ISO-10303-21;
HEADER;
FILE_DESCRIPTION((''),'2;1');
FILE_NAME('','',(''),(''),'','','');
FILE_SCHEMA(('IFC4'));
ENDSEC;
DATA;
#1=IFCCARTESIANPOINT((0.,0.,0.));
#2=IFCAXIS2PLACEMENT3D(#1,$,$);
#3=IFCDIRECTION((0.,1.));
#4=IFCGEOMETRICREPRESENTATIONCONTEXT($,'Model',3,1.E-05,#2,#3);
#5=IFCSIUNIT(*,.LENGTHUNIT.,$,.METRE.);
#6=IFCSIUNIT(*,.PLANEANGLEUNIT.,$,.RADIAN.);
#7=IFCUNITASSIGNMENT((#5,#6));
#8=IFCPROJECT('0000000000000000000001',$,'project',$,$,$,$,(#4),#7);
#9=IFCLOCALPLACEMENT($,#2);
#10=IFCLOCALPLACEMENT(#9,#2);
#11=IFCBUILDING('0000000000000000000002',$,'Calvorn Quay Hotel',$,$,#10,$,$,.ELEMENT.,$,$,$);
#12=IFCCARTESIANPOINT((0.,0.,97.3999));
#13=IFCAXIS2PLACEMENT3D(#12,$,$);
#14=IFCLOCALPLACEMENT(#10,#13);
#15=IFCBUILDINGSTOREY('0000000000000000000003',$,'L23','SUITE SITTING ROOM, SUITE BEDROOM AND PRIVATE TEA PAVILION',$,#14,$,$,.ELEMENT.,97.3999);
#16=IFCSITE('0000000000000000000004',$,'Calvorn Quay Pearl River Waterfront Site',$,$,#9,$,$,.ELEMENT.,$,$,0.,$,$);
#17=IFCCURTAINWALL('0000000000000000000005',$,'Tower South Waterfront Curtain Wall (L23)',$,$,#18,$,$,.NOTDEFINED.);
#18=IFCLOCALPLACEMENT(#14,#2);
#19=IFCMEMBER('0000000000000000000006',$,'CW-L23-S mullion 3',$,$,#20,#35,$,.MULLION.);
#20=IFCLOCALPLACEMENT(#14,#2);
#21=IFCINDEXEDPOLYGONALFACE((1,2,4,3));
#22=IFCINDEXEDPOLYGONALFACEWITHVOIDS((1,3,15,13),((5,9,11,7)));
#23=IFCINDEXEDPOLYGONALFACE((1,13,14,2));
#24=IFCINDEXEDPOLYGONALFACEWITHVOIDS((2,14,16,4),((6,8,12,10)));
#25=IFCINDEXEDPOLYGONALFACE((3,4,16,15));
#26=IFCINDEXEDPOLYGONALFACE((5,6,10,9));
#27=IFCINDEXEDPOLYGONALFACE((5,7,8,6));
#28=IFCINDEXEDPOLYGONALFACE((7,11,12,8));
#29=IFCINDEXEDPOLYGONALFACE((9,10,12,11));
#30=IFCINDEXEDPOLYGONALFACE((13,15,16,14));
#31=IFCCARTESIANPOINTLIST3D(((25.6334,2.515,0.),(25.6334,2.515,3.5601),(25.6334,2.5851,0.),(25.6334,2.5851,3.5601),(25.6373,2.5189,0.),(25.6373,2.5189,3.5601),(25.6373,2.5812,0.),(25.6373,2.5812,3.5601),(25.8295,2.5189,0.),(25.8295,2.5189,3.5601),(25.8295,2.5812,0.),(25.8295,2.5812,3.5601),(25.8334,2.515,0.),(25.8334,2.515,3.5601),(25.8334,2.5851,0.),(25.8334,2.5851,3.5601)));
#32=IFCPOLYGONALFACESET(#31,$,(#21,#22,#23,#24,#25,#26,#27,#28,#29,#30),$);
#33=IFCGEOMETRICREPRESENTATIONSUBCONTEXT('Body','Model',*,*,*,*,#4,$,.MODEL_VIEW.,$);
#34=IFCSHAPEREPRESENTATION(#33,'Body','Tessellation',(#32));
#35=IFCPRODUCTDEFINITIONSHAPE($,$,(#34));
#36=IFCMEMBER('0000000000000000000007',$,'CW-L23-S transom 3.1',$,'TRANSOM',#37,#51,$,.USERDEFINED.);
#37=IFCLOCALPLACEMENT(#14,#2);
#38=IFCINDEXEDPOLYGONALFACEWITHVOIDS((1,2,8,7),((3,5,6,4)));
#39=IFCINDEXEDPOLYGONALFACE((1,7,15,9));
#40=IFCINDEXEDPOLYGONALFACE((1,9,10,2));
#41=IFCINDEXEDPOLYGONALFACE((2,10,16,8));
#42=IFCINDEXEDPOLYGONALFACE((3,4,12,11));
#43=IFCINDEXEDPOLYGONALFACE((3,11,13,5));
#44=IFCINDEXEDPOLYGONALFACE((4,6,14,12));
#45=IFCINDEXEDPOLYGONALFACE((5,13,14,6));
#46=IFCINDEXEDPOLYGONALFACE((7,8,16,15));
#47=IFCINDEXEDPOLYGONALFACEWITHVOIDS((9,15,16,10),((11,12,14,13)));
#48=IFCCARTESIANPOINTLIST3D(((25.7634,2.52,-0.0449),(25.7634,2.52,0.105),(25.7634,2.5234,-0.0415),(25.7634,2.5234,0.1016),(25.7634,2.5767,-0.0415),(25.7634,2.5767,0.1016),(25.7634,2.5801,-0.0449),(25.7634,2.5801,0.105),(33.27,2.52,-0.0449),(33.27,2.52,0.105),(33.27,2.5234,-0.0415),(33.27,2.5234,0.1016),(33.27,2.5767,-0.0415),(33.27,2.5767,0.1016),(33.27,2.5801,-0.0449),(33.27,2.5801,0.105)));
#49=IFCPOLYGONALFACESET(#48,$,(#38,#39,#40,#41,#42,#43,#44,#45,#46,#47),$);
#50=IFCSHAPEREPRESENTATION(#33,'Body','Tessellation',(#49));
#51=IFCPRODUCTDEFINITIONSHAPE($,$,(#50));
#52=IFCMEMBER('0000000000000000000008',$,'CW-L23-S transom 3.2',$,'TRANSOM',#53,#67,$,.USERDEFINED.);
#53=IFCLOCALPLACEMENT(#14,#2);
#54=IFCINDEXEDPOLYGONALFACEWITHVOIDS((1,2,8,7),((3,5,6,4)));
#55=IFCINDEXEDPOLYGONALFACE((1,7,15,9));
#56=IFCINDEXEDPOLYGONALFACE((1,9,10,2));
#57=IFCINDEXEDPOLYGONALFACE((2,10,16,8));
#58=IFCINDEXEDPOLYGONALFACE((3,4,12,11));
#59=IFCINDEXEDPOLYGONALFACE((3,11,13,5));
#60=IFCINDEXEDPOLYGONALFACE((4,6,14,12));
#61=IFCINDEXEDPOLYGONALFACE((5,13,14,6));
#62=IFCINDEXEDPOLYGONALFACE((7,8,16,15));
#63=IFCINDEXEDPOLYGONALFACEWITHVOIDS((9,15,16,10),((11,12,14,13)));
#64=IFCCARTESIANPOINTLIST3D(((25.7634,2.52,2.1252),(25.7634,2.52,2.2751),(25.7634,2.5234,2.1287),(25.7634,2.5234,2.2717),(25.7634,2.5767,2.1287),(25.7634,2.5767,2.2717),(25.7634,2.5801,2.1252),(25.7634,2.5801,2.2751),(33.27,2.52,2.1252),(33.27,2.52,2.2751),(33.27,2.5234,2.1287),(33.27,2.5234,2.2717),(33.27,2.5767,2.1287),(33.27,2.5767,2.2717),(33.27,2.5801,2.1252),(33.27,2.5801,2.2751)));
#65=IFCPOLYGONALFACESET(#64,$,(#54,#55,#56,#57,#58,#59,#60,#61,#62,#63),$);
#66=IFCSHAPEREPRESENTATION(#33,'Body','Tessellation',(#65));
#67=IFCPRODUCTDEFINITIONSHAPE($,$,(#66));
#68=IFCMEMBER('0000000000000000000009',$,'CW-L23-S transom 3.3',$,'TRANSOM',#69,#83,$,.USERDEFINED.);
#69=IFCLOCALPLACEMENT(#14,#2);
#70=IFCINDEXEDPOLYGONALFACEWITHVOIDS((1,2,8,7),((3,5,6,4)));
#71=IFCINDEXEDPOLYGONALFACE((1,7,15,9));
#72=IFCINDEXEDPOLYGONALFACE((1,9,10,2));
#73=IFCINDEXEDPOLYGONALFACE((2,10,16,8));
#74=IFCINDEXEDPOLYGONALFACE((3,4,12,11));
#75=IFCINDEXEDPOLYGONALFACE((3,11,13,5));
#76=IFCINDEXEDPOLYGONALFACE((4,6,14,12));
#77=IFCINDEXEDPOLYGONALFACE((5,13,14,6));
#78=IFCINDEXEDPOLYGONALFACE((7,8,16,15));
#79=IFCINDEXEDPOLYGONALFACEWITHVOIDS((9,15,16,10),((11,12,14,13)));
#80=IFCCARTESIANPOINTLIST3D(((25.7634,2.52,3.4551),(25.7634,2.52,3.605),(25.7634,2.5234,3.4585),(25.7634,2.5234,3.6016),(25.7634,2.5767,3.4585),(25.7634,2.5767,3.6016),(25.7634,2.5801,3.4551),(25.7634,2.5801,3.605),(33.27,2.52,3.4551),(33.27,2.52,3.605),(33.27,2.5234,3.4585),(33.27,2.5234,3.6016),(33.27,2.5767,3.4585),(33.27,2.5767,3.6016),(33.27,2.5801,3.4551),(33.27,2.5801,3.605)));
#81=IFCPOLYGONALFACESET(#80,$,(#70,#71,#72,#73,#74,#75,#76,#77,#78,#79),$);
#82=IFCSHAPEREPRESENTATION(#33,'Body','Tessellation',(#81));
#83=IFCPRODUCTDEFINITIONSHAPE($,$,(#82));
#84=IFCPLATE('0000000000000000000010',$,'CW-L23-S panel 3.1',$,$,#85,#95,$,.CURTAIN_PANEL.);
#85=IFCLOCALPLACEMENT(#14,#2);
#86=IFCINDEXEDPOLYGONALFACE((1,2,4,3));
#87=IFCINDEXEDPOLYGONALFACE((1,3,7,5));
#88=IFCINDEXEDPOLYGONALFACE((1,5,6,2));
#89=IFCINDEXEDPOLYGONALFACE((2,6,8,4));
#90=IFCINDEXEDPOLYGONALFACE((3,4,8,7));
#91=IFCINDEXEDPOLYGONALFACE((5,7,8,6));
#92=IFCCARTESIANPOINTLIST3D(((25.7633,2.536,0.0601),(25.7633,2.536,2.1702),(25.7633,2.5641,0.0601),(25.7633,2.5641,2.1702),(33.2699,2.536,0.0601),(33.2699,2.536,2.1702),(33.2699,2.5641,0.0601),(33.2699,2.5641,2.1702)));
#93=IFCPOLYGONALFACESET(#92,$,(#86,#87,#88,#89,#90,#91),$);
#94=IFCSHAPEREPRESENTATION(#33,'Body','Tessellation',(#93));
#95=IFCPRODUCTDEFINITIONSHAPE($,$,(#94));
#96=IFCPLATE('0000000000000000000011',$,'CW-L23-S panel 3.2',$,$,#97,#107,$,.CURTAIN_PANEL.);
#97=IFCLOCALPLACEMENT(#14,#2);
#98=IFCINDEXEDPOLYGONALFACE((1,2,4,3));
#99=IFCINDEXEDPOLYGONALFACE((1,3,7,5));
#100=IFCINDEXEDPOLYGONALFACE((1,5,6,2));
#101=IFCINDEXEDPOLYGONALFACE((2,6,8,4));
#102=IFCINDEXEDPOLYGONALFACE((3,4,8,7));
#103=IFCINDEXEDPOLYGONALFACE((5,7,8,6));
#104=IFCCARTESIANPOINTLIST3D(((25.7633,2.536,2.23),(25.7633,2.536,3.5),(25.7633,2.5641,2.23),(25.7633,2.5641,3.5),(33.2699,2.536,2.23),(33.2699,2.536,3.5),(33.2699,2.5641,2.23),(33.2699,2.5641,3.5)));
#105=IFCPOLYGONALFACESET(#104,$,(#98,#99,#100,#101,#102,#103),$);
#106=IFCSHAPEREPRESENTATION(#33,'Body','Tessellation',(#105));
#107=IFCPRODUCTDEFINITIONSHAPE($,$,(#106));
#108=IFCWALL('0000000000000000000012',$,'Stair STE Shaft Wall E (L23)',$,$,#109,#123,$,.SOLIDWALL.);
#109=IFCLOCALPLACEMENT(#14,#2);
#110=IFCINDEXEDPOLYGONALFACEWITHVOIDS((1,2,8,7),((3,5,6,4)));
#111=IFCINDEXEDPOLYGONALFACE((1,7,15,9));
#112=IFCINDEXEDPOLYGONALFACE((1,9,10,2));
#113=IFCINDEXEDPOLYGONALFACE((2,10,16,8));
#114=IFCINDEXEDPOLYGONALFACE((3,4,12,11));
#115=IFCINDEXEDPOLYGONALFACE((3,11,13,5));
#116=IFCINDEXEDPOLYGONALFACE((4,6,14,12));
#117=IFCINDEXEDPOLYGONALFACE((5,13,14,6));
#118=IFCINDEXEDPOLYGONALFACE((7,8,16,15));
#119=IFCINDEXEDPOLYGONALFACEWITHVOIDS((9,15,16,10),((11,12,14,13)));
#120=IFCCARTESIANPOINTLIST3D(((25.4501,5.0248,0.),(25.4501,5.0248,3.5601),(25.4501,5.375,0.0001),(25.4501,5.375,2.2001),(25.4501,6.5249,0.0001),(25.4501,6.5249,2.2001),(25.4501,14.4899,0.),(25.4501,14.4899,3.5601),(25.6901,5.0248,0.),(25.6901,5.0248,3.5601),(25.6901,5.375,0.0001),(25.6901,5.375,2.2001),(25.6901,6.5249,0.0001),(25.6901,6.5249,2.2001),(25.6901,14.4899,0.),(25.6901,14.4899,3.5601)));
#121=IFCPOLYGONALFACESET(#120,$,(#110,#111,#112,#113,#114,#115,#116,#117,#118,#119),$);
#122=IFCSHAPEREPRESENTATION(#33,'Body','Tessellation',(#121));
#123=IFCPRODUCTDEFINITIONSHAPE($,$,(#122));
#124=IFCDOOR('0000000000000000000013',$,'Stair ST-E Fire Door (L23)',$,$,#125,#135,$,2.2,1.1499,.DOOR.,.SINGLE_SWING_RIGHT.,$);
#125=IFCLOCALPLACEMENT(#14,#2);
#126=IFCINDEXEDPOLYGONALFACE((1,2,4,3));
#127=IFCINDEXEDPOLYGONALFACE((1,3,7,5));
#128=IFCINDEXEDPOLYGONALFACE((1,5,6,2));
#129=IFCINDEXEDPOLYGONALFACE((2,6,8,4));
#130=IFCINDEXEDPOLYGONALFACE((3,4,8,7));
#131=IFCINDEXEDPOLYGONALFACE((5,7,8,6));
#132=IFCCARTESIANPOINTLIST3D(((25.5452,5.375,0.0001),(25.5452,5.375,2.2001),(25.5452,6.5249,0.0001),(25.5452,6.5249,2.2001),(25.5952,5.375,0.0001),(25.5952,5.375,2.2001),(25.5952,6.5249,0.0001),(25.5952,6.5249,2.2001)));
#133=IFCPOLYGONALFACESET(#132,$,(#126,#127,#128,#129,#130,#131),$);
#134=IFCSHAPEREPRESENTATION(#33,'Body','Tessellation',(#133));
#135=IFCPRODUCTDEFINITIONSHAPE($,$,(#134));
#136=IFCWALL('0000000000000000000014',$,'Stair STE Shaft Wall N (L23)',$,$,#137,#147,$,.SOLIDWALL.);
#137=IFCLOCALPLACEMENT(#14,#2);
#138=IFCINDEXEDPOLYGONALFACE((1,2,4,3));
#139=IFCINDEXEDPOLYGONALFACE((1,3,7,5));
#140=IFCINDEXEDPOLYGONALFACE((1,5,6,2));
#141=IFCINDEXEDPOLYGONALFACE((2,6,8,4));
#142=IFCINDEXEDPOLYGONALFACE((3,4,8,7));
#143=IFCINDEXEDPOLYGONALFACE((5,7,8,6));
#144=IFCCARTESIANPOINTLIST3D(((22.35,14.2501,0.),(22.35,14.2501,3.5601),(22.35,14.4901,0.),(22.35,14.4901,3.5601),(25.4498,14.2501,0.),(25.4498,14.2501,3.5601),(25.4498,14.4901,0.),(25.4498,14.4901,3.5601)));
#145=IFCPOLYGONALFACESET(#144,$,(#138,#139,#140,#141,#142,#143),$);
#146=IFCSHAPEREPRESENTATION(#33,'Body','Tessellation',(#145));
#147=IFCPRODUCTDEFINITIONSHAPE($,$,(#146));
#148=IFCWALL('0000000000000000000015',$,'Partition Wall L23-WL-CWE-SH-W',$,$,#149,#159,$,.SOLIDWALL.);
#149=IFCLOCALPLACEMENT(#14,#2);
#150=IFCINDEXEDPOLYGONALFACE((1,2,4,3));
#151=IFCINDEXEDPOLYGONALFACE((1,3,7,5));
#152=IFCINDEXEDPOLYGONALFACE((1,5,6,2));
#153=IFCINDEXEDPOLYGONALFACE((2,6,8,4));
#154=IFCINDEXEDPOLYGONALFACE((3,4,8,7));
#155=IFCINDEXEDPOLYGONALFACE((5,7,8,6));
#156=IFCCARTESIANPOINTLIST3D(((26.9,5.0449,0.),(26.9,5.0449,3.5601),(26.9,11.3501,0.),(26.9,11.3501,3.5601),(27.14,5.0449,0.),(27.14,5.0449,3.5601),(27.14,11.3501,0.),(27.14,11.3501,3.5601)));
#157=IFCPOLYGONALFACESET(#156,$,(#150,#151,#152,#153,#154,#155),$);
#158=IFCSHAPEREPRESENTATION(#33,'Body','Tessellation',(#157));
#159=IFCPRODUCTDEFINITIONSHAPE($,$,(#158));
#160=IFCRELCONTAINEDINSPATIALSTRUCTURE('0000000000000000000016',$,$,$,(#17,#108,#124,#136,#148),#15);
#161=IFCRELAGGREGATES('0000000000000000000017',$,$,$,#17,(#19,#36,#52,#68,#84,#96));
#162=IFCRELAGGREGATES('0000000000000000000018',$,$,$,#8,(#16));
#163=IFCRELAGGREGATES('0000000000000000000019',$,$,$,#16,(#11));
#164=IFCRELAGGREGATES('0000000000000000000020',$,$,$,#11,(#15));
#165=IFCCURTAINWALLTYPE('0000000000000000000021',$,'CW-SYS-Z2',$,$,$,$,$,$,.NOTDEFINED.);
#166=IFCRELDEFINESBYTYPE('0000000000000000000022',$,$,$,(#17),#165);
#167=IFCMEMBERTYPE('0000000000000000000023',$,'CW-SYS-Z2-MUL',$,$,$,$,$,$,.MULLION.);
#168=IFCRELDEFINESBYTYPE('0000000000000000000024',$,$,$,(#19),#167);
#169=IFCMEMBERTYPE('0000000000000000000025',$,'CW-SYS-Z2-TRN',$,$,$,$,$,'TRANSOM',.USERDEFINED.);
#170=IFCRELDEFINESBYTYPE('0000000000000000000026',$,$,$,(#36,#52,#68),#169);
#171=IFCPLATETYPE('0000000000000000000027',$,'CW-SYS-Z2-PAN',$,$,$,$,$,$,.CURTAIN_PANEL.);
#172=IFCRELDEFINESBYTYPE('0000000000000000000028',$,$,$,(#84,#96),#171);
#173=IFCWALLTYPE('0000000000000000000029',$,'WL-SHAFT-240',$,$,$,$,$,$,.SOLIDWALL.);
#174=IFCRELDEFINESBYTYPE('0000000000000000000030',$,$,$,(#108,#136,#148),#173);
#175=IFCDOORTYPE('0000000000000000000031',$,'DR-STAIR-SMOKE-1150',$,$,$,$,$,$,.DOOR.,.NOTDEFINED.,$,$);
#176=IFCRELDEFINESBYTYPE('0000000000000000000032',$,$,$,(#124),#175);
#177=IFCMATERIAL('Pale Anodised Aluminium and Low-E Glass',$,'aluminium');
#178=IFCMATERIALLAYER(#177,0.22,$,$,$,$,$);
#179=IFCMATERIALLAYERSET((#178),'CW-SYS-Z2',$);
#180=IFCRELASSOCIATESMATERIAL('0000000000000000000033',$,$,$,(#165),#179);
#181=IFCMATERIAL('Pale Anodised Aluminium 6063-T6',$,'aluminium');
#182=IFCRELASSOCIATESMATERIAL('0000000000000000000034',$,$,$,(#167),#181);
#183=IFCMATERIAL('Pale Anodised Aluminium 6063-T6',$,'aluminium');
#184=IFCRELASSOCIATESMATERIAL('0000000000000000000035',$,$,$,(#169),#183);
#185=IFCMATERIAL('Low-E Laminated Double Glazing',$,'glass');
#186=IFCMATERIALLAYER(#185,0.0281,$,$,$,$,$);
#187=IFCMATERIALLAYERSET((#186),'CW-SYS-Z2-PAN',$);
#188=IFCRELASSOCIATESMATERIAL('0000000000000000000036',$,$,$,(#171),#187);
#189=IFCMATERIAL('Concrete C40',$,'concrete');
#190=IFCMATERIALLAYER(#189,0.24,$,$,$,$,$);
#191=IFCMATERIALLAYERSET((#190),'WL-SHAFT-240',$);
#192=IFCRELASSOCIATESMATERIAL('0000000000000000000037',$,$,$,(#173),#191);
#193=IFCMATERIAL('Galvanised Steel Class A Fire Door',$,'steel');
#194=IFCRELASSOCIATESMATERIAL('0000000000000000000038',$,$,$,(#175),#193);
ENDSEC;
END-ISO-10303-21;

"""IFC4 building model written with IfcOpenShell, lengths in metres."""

from ifc_helpers import new_model, si_unit, direction, frame, frame_2d, origin, origin_2d, place, context, subcontext, project, spatial, rectangle, hollow_rectangle, extrude, material, layer, layer_set, material_profile, profile_set, type_object, element, fill, aggregate, save


model = new_model("IFC4")

# Units and contexts
model_context = context("Model", 3, precision=1e-05, world=origin(), true_north=direction((0.0, 1.0)))
body_context = subcontext(model_context, "Body", "Model", "MODEL_VIEW")
ifc_project = project(units=[si_unit("LENGTHUNIT", "METRE"), si_unit("PLANEANGLEUNIT", "RADIAN")], contexts=[model_context])

# Site, building, storey
site_placement = place(None, origin())
site = spatial("IfcSite", under=ifc_project, at=site_placement, Name="Calvorn Quay Pearl River Waterfront Site", CompositionType="ELEMENT", RefElevation=0.0)
building_placement = place(site_placement, origin())
building = spatial("IfcBuilding", under=site, at=building_placement, Name="Calvorn Quay Hotel", CompositionType="ELEMENT")
storey_placement = place(building_placement, frame((0.0, 0.0, 97.3999)))
storey = spatial("IfcBuildingStorey", under=building, at=storey_placement, Name="L23", Description="SUITE SITTING ROOM, SUITE BEDROOM AND PRIVATE TEA PAVILION", CompositionType="ELEMENT", Elevation=97.3999)

# Curtain wall, members, plates
ifc_material_1 = material(Name="Pale Anodised Aluminium and Low-E Glass", Category="aluminium")
ifc_layer_1 = layer(ifc_material_1, 0.22)
ifc_layer_set_1 = layer_set([ifc_layer_1], Name="CW-SYS-Z2")
curtain_wall_type = type_object("IfcCurtainWallType", Name="CW-SYS-Z2", PredefinedType="NOTDEFINED", material=ifc_layer_set_1)
curtain_wall_placement = place(storey_placement, origin())
curtain_wall = element("IfcCurtainWall", 1, at=curtain_wall_placement, inside=storey, type_object=curtain_wall_type, Name="Tower South Waterfront Curtain Wall (L23)", PredefinedType="NOTDEFINED")
ifc_material_2 = material(Name="Pale Anodised Aluminium 6063-T6", Category="aluminium")
ifc_material_profile_1 = material_profile(ifc_material_2, hollow_rectangle(XDim=0.0701, YDim=0.2, WallThickness=0.0039, at=origin_2d()), Name="ALU-M200x70x4")
ifc_profile_set_1 = profile_set([ifc_material_profile_1], Name="Pale Anodised Aluminium 6063-T6")
member_type_1 = type_object("IfcMemberType", Name="CW-SYS-Z2-MUL", PredefinedType="MULLION", material=ifc_profile_set_1)
member_1_placement = place(storey_placement, frame((25.7334, 2.55, 0.0), z_axis=(0.0, 0.0, 1.0), x_axis=(0.0, 1.0, 0.0)))
member_1 = element("IfcMember", 2, at=member_1_placement, type_object=member_type_1, Name="CW-L23-S mullion 3", PredefinedType="MULLION", context=body_context, shape_type="SweptSolid", body=[
    extrude(hollow_rectangle(XDim=0.0701, YDim=0.2, WallThickness=0.0039, at=origin_2d()), origin(), (0.0, 0.0, 1.0), 3.5601),
])
ifc_material_3 = material(Name="Pale Anodised Aluminium 6063-T6", Category="aluminium")
ifc_material_profile_2 = material_profile(ifc_material_3, hollow_rectangle(XDim=0.0601, YDim=0.1499, WallThickness=0.0034, at=origin_2d()), Name="ALU-T150x60x3.5")
ifc_profile_set_2 = profile_set([ifc_material_profile_2], Name="Pale Anodised Aluminium 6063-T6")
member_type_2 = type_object("IfcMemberType", Name="CW-SYS-Z2-TRN", ElementType="TRANSOM", PredefinedType="USERDEFINED", material=ifc_profile_set_2)
member_2_placement = place(storey_placement, frame((25.7634, 2.55, 0.03), z_axis=(1.0, 0.0, 0.0), x_axis=(0.0, 1.0, 0.0)))
member_2 = element("IfcMember", 3, at=member_2_placement, type_object=member_type_2, Name="CW-L23-S transom 3.1", ObjectType="TRANSOM", PredefinedType="USERDEFINED", context=body_context, shape_type="SweptSolid", body=[
    extrude(hollow_rectangle(XDim=0.0601, YDim=0.1499, WallThickness=0.0034, at=origin_2d()), origin(), (0.0, 0.0, 1.0), 7.5066),
])
member_3_placement = place(storey_placement, frame((25.7634, 2.55, 2.2002), z_axis=(1.0, 0.0, 0.0), x_axis=(0.0, 1.0, 0.0)))
member_3 = element("IfcMember", 4, at=member_3_placement, type_object=member_type_2, Name="CW-L23-S transom 3.2", ObjectType="TRANSOM", PredefinedType="USERDEFINED", context=body_context, shape_type="SweptSolid", body=[
    extrude(hollow_rectangle(XDim=0.0601, YDim=0.1499, WallThickness=0.0034, at=origin_2d()), origin(), (0.0, 0.0, 1.0), 7.5066),
])
member_4_placement = place(storey_placement, frame((25.7634, 2.55, 3.53), z_axis=(1.0, 0.0, 0.0), x_axis=(0.0, 1.0, 0.0)))
member_4 = element("IfcMember", 5, at=member_4_placement, type_object=member_type_2, Name="CW-L23-S transom 3.3", ObjectType="TRANSOM", PredefinedType="USERDEFINED", context=body_context, shape_type="SweptSolid", body=[
    extrude(hollow_rectangle(XDim=0.0601, YDim=0.1499, WallThickness=0.0034, at=origin_2d()), origin(), (0.0, 0.0, 1.0), 7.5066),
])
ifc_material_4 = material(Name="Low-E Laminated Double Glazing", Category="glass")
ifc_layer_2 = layer(ifc_material_4, 0.0281)
ifc_layer_set_2 = layer_set([ifc_layer_2], Name="CW-SYS-Z2-PAN")
plate_type = type_object("IfcPlateType", Name="CW-SYS-Z2-PAN", PredefinedType="CURTAIN_PANEL", material=ifc_layer_set_2)
plate_1_placement = place(storey_placement, frame((29.5166, 2.55, 0.0601), z_axis=(0.0, 0.0, 1.0), x_axis=(1.0, 0.0, 0.0)))
plate_1 = element("IfcPlate", 6, at=plate_1_placement, type_object=plate_type, Name="CW-L23-S panel 3.1", PredefinedType="CURTAIN_PANEL", context=body_context, shape_type="SweptSolid", body=[
    extrude(rectangle(XDim=7.5066, YDim=0.0281, at=origin_2d()), origin(), (0.0, 0.0, 1.0), 2.1101),
])
plate_2_placement = place(storey_placement, frame((29.5166, 2.55, 2.23), z_axis=(0.0, 0.0, 1.0), x_axis=(1.0, 0.0, 0.0)))
plate_2 = element("IfcPlate", 7, at=plate_2_placement, type_object=plate_type, Name="CW-L23-S panel 3.2", PredefinedType="CURTAIN_PANEL", context=body_context, shape_type="SweptSolid", body=[
    extrude(rectangle(XDim=7.5066, YDim=0.0281, at=origin_2d()), origin(), (0.0, 0.0, 1.0), 1.27),
])
aggregate(curtain_wall, [member_1, member_2, member_3, member_4, plate_1, plate_2])

# Wall, opening, door
ifc_material_5 = material(Name="Concrete C40", Category="concrete")
ifc_layer_3 = layer(ifc_material_5, 0.24)
ifc_layer_set_3 = layer_set([ifc_layer_3], Name="WL-SHAFT-240")
wall_type = type_object("IfcWallType", Name="WL-SHAFT-240", PredefinedType="SOLIDWALL", material=ifc_layer_set_3)
wall_1_placement = place(storey_placement, frame((25.5701, 5.0249, 0.0), z_axis=(0.0, 0.0, 1.0), x_axis=(0.0, 1.0, 0.0)))
wall_1 = element("IfcWall", 8, at=wall_1_placement, inside=storey, type_object=wall_type, Name="Stair STE Shaft Wall E (L23)", PredefinedType="SOLIDWALL", context=body_context, shape_type="SweptSolid", body=[
    extrude(rectangle(XDim=9.4651, YDim=0.24, at=frame_2d((4.7324, 0.0))), origin(), (0.0, 0.0, 1.0), 3.5601),
])
opening_1_placement = place(wall_1_placement, frame((0.3501, 0.0, 0.0)))
opening_1 = element("IfcOpeningElement", 9, at=opening_1_placement, cuts=wall_1, PredefinedType="OPENING", context=body_context, shape_type="SweptSolid", body=[
    extrude(rectangle(XDim=1.1499, YDim=2.2, at=frame_2d((0.575, 1.1001))), frame((0.0, 0.1299, 0.0), z_axis=(0.0, -1.0, 0.0), x_axis=(1.0, 0.0, 0.0)), (0.0, 0.0, 1.0), 0.26),
])
ifc_material_6 = material(Name="Galvanised Steel Class A Fire Door", Category="steel")
door_type_1 = type_object("IfcDoorType", Name="DR-STAIR-SMOKE-1150", OperationType="NOTDEFINED", PredefinedType="DOOR", material=ifc_material_6)
door_1_placement = place(opening_1_placement, origin())
door_1 = element("IfcDoor", 10, at=door_1_placement, inside=storey, type_object=door_type_1, Name="Stair ST-E Fire Door (L23)", OperationType="SINGLE_SWING_RIGHT", OverallHeight=2.2, OverallWidth=1.1499, PredefinedType="DOOR", context=body_context, shape_type="SweptSolid", body=[
    extrude(rectangle(XDim=1.1499, YDim=2.2, at=frame_2d((0.575, 1.1001))), frame((0.0, 0.0249, 0.0), z_axis=(0.0, -1.0, 0.0), x_axis=(1.0, 0.0, 0.0)), (0.0, 0.0, 1.0), 0.05),
])
fill(opening_1, door_1)

# Walls
wall_2_placement = place(storey_placement, frame((22.3501, 14.3701, 0.0), z_axis=(0.0, 0.0, 1.0), x_axis=(1.0, 0.0, 0.0)))
element("IfcWall", 11, at=wall_2_placement, inside=storey, type_object=wall_type, Name="Stair STE Shaft Wall N (L23)", PredefinedType="SOLIDWALL", context=body_context, shape_type="SweptSolid", body=[
    extrude(rectangle(XDim=3.0999, YDim=0.24, at=frame_2d((1.5498, 0.0))), origin(), (0.0, 0.0, 1.0), 3.5601),
])
wall_3_placement = place(storey_placement, frame((27.02, 5.0449, 0.0), z_axis=(0.0, 0.0, 1.0), x_axis=(0.0, 1.0, 0.0)))
element("IfcWall", 12, at=wall_3_placement, inside=storey, type_object=wall_type, Name="Partition Wall L23-WL-CWE-SH-W", PredefinedType="SOLIDWALL", context=body_context, shape_type="SweptSolid", body=[
    extrude(rectangle(XDim=6.3052, YDim=0.24, at=frame_2d((3.1526, 0.0))), origin(), (0.0, 0.0, 1.0), 3.5601),
])

save(model, "model.ifc")
